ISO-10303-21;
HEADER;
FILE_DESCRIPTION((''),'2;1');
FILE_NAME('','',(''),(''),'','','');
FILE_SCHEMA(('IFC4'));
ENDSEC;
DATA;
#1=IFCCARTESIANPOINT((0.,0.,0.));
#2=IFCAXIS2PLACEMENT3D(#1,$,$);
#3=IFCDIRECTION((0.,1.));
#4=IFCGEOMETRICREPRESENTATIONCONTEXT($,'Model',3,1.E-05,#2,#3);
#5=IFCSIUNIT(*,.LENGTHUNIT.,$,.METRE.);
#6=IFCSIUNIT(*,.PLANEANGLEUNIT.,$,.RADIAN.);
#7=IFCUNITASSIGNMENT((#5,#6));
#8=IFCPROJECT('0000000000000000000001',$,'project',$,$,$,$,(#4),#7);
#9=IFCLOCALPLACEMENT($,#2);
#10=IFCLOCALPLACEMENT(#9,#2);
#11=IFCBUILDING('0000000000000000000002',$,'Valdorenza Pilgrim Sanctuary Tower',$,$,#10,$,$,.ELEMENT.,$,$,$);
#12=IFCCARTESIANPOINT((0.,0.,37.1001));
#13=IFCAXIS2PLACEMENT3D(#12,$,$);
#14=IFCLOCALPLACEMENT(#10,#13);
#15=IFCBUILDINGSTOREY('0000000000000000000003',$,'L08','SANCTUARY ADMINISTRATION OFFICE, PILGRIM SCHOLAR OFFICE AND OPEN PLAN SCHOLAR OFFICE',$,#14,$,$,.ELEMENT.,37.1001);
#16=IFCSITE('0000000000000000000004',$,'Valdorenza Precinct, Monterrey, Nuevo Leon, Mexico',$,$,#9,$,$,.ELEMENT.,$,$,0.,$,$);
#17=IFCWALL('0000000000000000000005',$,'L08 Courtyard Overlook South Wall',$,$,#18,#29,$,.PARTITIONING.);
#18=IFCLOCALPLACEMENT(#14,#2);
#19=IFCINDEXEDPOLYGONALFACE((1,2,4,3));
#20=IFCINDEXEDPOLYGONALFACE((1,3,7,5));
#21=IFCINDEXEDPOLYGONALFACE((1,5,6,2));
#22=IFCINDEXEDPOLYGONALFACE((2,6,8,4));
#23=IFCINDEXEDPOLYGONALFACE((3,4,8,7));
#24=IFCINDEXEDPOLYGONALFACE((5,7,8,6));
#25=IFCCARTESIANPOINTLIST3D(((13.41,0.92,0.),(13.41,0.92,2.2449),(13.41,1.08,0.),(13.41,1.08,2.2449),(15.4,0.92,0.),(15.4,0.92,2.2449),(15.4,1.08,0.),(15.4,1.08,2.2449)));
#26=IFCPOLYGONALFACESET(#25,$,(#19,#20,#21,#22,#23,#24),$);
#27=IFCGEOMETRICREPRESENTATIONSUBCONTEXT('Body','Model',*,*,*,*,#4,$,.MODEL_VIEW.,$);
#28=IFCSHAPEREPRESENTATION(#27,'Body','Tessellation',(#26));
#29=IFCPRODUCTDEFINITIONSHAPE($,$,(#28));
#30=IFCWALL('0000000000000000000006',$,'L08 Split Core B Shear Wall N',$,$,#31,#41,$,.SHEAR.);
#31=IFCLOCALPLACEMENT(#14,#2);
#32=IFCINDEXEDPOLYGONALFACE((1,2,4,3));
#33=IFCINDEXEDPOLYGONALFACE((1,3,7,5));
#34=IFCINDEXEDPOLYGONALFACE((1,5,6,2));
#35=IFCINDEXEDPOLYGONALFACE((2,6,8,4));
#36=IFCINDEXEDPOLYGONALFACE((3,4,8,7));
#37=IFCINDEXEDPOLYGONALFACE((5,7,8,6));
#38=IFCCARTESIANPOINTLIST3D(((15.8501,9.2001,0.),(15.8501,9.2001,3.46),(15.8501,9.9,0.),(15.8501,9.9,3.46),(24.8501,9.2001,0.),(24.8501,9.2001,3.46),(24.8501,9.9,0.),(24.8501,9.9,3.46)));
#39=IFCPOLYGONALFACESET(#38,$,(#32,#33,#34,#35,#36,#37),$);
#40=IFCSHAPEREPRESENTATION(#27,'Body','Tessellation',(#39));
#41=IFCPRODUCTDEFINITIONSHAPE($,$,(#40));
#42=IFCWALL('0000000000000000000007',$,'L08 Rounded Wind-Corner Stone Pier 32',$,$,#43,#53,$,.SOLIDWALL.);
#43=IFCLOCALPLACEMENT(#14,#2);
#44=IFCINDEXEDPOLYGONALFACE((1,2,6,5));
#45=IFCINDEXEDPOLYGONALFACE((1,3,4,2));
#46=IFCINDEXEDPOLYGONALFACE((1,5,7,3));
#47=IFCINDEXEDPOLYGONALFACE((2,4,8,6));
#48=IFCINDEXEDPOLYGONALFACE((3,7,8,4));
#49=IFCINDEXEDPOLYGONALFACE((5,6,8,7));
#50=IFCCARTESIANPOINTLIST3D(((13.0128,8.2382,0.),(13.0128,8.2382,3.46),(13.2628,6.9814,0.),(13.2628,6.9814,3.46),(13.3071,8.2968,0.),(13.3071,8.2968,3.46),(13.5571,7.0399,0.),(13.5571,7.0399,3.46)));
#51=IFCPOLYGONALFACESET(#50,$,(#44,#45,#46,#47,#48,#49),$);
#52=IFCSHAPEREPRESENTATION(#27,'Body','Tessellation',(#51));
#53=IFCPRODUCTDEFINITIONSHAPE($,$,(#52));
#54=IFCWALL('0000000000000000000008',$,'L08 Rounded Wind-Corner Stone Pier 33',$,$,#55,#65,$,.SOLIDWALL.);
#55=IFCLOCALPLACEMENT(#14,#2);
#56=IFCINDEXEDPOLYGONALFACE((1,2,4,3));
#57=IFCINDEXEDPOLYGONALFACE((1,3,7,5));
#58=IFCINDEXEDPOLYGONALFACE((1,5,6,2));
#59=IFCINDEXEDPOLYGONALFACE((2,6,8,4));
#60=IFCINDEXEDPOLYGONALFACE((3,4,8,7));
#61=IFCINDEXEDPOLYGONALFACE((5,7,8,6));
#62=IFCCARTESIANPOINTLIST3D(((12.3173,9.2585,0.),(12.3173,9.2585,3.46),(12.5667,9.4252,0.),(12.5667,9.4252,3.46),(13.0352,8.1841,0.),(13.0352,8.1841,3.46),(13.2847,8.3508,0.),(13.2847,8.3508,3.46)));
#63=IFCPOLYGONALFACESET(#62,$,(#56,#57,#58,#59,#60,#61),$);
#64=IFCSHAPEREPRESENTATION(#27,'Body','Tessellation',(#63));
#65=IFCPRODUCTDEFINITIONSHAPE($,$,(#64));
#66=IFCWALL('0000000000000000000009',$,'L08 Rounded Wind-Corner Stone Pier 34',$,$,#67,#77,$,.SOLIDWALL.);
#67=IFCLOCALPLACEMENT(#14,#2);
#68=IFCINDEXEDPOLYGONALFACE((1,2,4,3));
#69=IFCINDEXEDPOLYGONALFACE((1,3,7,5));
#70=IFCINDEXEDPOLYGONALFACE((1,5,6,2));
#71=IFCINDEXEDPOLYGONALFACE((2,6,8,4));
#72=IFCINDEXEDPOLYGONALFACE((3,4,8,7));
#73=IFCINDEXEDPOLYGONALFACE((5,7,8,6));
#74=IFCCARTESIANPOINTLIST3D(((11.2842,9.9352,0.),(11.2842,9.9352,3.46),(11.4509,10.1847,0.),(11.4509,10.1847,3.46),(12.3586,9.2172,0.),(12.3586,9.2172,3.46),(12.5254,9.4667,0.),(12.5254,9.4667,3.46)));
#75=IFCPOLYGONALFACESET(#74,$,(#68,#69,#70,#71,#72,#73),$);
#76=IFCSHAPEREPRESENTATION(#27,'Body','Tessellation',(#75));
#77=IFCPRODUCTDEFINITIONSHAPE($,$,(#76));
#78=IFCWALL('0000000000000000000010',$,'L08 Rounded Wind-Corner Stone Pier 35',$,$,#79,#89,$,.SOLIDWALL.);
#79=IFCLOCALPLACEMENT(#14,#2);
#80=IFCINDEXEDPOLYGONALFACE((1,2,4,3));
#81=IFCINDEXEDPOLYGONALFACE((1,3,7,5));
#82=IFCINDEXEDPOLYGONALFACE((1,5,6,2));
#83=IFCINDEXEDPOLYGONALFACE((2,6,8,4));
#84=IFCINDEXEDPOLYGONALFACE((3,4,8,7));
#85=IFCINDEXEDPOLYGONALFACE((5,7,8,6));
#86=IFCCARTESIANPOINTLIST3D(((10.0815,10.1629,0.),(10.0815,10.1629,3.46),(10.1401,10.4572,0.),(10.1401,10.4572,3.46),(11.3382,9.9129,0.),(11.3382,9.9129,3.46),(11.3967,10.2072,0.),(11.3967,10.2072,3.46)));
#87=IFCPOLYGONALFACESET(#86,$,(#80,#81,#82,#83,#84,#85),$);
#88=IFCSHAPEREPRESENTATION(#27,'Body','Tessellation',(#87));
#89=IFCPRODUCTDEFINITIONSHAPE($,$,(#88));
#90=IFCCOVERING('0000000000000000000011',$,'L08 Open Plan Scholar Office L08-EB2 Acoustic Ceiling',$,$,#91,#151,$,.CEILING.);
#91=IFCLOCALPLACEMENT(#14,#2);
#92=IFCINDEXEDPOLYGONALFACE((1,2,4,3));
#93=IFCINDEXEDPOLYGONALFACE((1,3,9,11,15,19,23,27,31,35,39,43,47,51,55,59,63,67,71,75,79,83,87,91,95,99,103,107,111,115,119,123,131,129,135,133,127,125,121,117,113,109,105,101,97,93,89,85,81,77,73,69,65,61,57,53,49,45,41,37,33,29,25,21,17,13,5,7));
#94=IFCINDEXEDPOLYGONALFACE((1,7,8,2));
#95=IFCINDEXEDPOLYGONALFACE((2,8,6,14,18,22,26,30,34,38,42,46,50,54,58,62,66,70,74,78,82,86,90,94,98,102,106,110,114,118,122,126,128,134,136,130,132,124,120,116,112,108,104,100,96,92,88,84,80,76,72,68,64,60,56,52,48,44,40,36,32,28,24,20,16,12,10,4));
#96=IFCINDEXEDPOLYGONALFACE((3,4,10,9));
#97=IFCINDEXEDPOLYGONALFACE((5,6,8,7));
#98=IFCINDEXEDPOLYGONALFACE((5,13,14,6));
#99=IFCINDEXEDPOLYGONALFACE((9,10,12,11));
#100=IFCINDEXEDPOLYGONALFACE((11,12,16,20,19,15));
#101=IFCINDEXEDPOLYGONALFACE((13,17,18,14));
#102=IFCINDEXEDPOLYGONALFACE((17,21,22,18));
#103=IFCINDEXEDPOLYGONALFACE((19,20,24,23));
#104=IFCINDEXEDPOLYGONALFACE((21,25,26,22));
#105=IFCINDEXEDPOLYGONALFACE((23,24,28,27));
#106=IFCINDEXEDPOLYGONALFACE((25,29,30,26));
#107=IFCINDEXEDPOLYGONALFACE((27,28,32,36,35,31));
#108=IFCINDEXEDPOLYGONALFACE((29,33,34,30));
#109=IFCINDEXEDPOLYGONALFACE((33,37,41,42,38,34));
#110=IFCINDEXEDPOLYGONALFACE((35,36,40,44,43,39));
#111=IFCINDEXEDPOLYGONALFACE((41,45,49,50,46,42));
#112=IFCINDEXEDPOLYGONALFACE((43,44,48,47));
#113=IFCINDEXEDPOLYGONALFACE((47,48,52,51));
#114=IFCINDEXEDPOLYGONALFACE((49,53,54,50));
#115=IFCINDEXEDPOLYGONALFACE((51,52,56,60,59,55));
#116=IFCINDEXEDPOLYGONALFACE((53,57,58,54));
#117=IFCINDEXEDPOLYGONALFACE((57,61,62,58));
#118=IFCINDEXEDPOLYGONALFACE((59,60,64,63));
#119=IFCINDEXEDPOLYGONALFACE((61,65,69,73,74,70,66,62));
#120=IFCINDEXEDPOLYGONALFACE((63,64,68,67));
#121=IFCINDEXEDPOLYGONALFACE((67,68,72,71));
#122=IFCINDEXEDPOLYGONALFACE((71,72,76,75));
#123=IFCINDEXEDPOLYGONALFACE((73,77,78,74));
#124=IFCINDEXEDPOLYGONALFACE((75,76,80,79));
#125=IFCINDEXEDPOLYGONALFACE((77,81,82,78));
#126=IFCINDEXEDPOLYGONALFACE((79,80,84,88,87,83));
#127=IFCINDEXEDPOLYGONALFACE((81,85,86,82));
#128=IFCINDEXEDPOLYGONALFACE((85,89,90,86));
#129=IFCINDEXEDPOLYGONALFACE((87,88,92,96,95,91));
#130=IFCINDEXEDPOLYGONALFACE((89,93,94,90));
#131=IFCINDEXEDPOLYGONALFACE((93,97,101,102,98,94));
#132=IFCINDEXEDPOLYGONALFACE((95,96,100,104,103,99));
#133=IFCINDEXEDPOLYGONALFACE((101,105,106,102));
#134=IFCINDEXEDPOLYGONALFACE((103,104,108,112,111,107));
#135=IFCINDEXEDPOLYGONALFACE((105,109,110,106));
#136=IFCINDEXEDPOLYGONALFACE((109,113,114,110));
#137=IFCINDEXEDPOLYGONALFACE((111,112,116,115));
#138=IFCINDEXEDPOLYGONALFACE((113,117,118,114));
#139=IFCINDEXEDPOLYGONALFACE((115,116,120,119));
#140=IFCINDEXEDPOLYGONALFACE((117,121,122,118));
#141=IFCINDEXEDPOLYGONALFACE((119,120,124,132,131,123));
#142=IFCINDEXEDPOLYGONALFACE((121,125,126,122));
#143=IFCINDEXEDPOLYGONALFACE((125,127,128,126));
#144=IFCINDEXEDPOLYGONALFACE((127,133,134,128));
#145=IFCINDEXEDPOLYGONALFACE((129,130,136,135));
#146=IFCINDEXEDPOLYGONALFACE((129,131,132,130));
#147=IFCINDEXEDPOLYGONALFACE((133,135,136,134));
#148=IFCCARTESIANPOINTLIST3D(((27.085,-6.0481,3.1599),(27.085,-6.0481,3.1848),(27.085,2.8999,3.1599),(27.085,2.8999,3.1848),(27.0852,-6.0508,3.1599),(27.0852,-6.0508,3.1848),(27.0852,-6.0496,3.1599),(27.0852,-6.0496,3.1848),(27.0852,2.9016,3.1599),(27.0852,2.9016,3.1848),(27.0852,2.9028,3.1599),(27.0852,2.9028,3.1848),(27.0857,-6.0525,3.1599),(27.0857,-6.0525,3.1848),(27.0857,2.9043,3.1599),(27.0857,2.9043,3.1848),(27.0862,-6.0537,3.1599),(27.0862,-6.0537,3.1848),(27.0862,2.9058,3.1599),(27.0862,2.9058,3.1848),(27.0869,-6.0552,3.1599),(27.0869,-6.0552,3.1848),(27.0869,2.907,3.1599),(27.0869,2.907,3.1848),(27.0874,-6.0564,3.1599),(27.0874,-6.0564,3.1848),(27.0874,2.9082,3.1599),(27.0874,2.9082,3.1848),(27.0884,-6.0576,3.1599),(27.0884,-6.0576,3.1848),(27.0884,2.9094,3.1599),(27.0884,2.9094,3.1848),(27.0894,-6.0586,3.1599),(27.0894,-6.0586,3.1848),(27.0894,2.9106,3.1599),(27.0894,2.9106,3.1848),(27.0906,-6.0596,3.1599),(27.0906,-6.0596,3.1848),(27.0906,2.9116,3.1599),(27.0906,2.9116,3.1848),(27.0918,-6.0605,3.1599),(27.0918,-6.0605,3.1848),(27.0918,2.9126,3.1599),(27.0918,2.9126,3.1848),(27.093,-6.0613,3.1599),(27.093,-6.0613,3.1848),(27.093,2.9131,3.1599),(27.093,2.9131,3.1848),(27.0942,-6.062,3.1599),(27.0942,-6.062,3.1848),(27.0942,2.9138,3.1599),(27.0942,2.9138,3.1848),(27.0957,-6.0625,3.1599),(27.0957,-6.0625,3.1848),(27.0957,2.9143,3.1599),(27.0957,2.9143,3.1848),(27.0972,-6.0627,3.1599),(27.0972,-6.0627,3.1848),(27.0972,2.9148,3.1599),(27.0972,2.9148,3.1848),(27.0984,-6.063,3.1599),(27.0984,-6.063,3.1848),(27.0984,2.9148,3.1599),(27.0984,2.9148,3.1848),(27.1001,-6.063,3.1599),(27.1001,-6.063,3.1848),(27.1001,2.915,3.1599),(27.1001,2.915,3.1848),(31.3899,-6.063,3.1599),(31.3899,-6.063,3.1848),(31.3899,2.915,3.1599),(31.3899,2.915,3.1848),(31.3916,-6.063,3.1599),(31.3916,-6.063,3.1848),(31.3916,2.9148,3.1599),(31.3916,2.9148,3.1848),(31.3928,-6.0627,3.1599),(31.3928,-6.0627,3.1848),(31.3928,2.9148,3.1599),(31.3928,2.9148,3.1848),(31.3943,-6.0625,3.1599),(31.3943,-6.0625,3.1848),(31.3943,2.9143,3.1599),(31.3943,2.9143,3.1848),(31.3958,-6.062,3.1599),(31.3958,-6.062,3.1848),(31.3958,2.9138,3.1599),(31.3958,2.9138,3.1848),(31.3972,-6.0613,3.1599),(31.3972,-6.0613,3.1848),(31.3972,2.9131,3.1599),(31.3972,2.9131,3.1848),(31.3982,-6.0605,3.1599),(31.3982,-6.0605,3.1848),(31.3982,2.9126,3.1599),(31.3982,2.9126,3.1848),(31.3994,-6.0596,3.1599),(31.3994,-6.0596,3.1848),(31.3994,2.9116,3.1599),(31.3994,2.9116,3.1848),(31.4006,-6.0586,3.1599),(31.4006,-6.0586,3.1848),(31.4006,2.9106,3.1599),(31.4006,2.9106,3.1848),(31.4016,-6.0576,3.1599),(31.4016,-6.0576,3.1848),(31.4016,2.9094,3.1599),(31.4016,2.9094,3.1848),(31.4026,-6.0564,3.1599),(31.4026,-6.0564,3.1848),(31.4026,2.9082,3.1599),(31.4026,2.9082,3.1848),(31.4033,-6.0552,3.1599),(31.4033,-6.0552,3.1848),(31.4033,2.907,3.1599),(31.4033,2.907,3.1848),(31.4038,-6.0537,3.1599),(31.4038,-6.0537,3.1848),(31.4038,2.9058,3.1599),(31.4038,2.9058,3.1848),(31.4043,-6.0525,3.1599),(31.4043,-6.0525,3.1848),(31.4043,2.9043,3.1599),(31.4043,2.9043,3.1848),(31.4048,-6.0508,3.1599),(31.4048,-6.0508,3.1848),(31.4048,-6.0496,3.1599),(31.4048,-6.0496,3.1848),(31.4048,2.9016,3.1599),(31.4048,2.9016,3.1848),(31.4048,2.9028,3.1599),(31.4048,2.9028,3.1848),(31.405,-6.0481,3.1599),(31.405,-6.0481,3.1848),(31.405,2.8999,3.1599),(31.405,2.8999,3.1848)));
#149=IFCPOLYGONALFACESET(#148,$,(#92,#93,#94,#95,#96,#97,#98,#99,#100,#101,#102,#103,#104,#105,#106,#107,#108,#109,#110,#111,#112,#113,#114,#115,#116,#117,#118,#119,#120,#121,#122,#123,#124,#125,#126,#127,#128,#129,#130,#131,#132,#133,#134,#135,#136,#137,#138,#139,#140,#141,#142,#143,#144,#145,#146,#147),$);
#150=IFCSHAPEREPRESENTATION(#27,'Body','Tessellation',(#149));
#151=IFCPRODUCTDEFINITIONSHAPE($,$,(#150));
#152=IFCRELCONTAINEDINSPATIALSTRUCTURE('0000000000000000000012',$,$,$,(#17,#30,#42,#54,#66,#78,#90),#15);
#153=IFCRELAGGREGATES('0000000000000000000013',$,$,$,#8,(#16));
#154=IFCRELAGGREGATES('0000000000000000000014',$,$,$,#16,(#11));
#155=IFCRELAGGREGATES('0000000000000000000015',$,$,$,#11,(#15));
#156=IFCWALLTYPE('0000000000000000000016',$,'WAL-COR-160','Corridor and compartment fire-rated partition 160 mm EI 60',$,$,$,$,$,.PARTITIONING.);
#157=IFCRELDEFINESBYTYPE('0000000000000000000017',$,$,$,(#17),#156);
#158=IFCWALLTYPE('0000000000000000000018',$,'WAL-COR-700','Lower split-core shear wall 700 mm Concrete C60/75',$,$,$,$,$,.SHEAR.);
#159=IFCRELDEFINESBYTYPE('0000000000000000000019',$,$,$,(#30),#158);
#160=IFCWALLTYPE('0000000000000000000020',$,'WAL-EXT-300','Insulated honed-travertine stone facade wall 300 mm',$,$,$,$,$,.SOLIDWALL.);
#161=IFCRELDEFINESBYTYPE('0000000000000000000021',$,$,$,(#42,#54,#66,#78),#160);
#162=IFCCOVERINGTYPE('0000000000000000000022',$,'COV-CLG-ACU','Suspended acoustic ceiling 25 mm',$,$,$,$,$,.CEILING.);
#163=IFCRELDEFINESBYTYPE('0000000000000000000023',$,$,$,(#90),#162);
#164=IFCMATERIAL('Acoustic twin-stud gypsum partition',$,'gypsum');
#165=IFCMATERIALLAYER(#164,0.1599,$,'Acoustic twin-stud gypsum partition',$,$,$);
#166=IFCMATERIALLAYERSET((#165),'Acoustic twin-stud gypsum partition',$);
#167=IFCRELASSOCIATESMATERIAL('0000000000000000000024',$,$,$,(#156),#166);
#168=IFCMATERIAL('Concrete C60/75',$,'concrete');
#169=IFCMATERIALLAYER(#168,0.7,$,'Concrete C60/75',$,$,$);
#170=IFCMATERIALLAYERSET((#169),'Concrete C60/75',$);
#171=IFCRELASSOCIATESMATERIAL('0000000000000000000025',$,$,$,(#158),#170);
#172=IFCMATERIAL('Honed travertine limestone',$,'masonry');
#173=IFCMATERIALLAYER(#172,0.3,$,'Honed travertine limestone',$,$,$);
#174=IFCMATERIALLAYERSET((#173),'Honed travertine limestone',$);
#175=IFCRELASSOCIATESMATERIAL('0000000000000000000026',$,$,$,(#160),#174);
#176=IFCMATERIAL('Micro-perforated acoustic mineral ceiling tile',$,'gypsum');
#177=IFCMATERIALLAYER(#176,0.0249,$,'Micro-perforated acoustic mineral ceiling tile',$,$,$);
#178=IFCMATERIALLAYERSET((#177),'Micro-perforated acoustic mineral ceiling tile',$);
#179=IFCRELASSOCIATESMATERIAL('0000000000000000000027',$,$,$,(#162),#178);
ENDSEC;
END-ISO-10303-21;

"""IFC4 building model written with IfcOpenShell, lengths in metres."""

from ifc_helpers import new_model, si_unit, direction, frame, frame_2d, origin, place, context, subcontext, project, spatial, polyline, rectangle, outline, extrude, material, layer, layer_set, type_object, element, save


model = new_model("IFC4")

# Units and contexts
model_context = context("Model", 3, precision=1e-05, world=origin(), true_north=direction((0.0, 1.0)))
body_context = subcontext(model_context, "Body", "Model", "MODEL_VIEW")
ifc_project = project(units=[si_unit("LENGTHUNIT", "METRE"), si_unit("PLANEANGLEUNIT", "RADIAN")], contexts=[model_context])

# Site, building, storey
site_placement = place(None, origin())
site = spatial("IfcSite", under=ifc_project, at=site_placement, Name="Valdorenza Precinct, Monterrey, Nuevo Leon, Mexico", CompositionType="ELEMENT", RefElevation=0.0)
building_placement = place(site_placement, origin())
building = spatial("IfcBuilding", under=site, at=building_placement, Name="Valdorenza Pilgrim Sanctuary Tower", CompositionType="ELEMENT")
storey_placement = place(building_placement, frame((0.0, 0.0, 37.1001)))
storey = spatial("IfcBuildingStorey", under=building, at=storey_placement, Name="L08", Description="SANCTUARY ADMINISTRATION OFFICE, PILGRIM SCHOLAR OFFICE AND OPEN PLAN SCHOLAR OFFICE", CompositionType="ELEMENT", Elevation=37.1001)

# Shared definitions
ifc_material_1 = material(Name="Concrete C60/75", Category="concrete")

# Shared definitions
ifc_material_2 = material(Name="Honed travertine limestone", Category="masonry")

# Shared definitions
ifc_material_3 = material(Name="Acoustic twin-stud gypsum partition", Category="gypsum")
ifc_layer_1 = layer(ifc_material_3, 0.1599, Name="Acoustic twin-stud gypsum partition")
ifc_layer_set_1 = layer_set([ifc_layer_1], Name="Acoustic twin-stud gypsum partition")
wall_type_1 = type_object("IfcWallType", Name="WAL-COR-160", Description="Corridor and compartment fire-rated partition 160 mm EI 60", PredefinedType="PARTITIONING", material=ifc_layer_set_1)

# Walls
wall_1_placement = place(storey_placement, frame((13.4099, 1.0, 0.0), z_axis=(0.0, 0.0, 1.0), x_axis=(1.0, 0.0, 0.0)))
element("IfcWall", 1, at=wall_1_placement, inside=storey, type_object=wall_type_1, Name="L08 Courtyard Overlook South Wall", PredefinedType="PARTITIONING", context=body_context, shape_type="SweptSolid", body=[
    extrude(rectangle(XDim=1.99, YDim=0.1599, at=frame_2d((0.9951, 0.0))), origin(), (0.0, 0.0, 1.0), 2.2449),
])
ifc_layer_2 = layer(ifc_material_1, 0.7, Name="Concrete C60/75")
ifc_layer_set_2 = layer_set([ifc_layer_2], Name="Concrete C60/75")
wall_type_2 = type_object("IfcWallType", Name="WAL-COR-700", Description="Lower split-core shear wall 700 mm Concrete C60/75", PredefinedType="SHEAR", material=ifc_layer_set_2)
wall_2_placement = place(storey_placement, frame((15.8501, 9.55, 0.0), z_axis=(0.0, 0.0, 1.0), x_axis=(1.0, 0.0, 0.0)))
element("IfcWall", 2, at=wall_2_placement, inside=storey, type_object=wall_type_2, Name="L08 Split Core B Shear Wall N", PredefinedType="SHEAR", context=body_context, shape_type="SweptSolid", body=[
    extrude(rectangle(XDim=9.0, YDim=0.7, at=frame_2d((4.5, 0.0))), origin(), (0.0, 0.0, 1.0), 3.46),
])
ifc_layer_3 = layer(ifc_material_2, 0.3, Name="Honed travertine limestone")
ifc_layer_set_3 = layer_set([ifc_layer_3], Name="Honed travertine limestone")
wall_type_3 = type_object("IfcWallType", Name="WAL-EXT-300", Description="Insulated honed-travertine stone facade wall 300 mm", PredefinedType="SOLIDWALL", material=ifc_layer_set_3)
wall_3_placement = place(storey_placement, frame((13.4099, 7.0107, 0.0), z_axis=(0.0, 0.0, 1.0), x_axis=(-0.19509, 0.980785, 0.0)))
element("IfcWall", 3, at=wall_3_placement, inside=storey, type_object=wall_type_3, Name="L08 Rounded Wind-Corner Stone Pier 32", PredefinedType="SOLIDWALL", context=body_context, shape_type="SweptSolid", body=[
    extrude(rectangle(XDim=1.2815, YDim=0.3, at=frame_2d((0.6406, 0.0))), origin(), (0.0, 0.0, 1.0), 3.46),
])
for number, where, z_axis, x_axis, name in (
    (4, (13.1599, 8.2676, 0.0), (0.0, 0.0, 1.0), (-0.555615, 0.831439, 0.0), "L08 Rounded Wind-Corner Stone Pier 33"),
    (5, (12.4419, 9.342, 0.0), (0.0, 0.0, 1.0), (-0.831439, 0.555615, 0.0), "L08 Rounded Wind-Corner Stone Pier 34"),
):
    element("IfcWall", number, at=place(storey_placement, frame(where, z_axis=z_axis, x_axis=x_axis)), inside=storey, type_object=wall_type_3, Name=name, PredefinedType="SOLIDWALL", context=body_context, shape_type="SweptSolid", body=[
        extrude(rectangle(XDim=1.2922, YDim=0.3, at=frame_2d((0.646, 0.0))), origin(), (0.0, 0.0, 1.0), 3.46),
    ])
wall_4_placement = place(storey_placement, frame((11.3674, 10.0601, 0.0), z_axis=(0.0, 0.0, 1.0), x_axis=(-0.980778, 0.195127, 0.0)))
element("IfcWall", 6, at=wall_4_placement, inside=storey, type_object=wall_type_3, Name="L08 Rounded Wind-Corner Stone Pier 35", PredefinedType="SOLIDWALL", context=body_context, shape_type="SweptSolid", body=[
    extrude(rectangle(XDim=1.2812, YDim=0.3, at=frame_2d((0.6406, 0.0))), origin(), (0.0, 0.0, 1.0), 3.46),
])

# Covering
ifc_material_4 = material(Name="Micro-perforated acoustic mineral ceiling tile", Category="gypsum")
ifc_layer_4 = layer(ifc_material_4, 0.0249, Name="Micro-perforated acoustic mineral ceiling tile")
ifc_layer_set_4 = layer_set([ifc_layer_4], Name="Micro-perforated acoustic mineral ceiling tile")
covering_type_1 = type_object("IfcCoveringType", Name="COV-CLG-ACU", Description="Suspended acoustic ceiling 25 mm", PredefinedType="CEILING", material=ifc_layer_set_4)
covering_1_placement = place(storey_placement, frame((0.0, 0.0, 3.1599)))
element("IfcCovering", 7, at=covering_1_placement, inside=storey, type_object=covering_type_1, Name="L08 Open Plan Scholar Office L08-EB2 Acoustic Ceiling", PredefinedType="CEILING", context=body_context, shape_type="SweptSolid", body=[
    extrude(outline(polyline([(27.085, 2.8999), (27.0852, 2.9016), (27.0852, 2.9028), (27.0857, 2.9043), (27.0862, 2.9058), (27.0869, 2.907), (27.0874, 2.9082), (27.0884, 2.9094), (27.0894, 2.9106), (27.0906, 2.9116), (27.0918, 2.9126), (27.093, 2.9131), (27.0942, 2.9138), (27.0957, 2.9143), (27.0972, 2.9148), (27.0984, 2.9148), (27.1001, 2.915), (31.3899, 2.915), (31.3916, 2.9148), (31.3928, 2.9148), (31.3943, 2.9143), (31.3958, 2.9138), (31.3972, 2.9131), (31.3982, 2.9126), (31.3994, 2.9116), (31.4006, 2.9106), (31.4016, 2.9094), (31.4026, 2.9082), (31.4033, 2.907), (31.4038, 2.9058), (31.4043, 2.9043), (31.4048, 2.9028), (31.4048, 2.9016), (31.405, 2.8999), (31.405, -6.0481), (31.4048, -6.0496), (31.4048, -6.0508), (31.4043, -6.0525), (31.4038, -6.0537), (31.4033, -6.0552), (31.4026, -6.0564), (31.4016, -6.0576), (31.4006, -6.0586), (31.3994, -6.0596), (31.3982, -6.0605), (31.3972, -6.0613), (31.3958, -6.062), (31.3943, -6.0625), (31.3928, -6.0627), (31.3916, -6.063), (31.3899, -6.063), (27.1001, -6.063), (27.0984, -6.063), (27.0972, -6.0627), (27.0957, -6.0625), (27.0942, -6.062), (27.093, -6.0613), (27.0918, -6.0605), (27.0906, -6.0596), (27.0894, -6.0586), (27.0884, -6.0576), (27.0874, -6.0564), (27.0869, -6.0552), (27.0862, -6.0537), (27.0857, -6.0525), (27.0852, -6.0508), (27.0852, -6.0496), (27.085, -6.0481), (27.085, 2.8999)])), origin(), (0.0, 0.0, 1.0), 0.0249),
])

save(model, "model.ifc")
